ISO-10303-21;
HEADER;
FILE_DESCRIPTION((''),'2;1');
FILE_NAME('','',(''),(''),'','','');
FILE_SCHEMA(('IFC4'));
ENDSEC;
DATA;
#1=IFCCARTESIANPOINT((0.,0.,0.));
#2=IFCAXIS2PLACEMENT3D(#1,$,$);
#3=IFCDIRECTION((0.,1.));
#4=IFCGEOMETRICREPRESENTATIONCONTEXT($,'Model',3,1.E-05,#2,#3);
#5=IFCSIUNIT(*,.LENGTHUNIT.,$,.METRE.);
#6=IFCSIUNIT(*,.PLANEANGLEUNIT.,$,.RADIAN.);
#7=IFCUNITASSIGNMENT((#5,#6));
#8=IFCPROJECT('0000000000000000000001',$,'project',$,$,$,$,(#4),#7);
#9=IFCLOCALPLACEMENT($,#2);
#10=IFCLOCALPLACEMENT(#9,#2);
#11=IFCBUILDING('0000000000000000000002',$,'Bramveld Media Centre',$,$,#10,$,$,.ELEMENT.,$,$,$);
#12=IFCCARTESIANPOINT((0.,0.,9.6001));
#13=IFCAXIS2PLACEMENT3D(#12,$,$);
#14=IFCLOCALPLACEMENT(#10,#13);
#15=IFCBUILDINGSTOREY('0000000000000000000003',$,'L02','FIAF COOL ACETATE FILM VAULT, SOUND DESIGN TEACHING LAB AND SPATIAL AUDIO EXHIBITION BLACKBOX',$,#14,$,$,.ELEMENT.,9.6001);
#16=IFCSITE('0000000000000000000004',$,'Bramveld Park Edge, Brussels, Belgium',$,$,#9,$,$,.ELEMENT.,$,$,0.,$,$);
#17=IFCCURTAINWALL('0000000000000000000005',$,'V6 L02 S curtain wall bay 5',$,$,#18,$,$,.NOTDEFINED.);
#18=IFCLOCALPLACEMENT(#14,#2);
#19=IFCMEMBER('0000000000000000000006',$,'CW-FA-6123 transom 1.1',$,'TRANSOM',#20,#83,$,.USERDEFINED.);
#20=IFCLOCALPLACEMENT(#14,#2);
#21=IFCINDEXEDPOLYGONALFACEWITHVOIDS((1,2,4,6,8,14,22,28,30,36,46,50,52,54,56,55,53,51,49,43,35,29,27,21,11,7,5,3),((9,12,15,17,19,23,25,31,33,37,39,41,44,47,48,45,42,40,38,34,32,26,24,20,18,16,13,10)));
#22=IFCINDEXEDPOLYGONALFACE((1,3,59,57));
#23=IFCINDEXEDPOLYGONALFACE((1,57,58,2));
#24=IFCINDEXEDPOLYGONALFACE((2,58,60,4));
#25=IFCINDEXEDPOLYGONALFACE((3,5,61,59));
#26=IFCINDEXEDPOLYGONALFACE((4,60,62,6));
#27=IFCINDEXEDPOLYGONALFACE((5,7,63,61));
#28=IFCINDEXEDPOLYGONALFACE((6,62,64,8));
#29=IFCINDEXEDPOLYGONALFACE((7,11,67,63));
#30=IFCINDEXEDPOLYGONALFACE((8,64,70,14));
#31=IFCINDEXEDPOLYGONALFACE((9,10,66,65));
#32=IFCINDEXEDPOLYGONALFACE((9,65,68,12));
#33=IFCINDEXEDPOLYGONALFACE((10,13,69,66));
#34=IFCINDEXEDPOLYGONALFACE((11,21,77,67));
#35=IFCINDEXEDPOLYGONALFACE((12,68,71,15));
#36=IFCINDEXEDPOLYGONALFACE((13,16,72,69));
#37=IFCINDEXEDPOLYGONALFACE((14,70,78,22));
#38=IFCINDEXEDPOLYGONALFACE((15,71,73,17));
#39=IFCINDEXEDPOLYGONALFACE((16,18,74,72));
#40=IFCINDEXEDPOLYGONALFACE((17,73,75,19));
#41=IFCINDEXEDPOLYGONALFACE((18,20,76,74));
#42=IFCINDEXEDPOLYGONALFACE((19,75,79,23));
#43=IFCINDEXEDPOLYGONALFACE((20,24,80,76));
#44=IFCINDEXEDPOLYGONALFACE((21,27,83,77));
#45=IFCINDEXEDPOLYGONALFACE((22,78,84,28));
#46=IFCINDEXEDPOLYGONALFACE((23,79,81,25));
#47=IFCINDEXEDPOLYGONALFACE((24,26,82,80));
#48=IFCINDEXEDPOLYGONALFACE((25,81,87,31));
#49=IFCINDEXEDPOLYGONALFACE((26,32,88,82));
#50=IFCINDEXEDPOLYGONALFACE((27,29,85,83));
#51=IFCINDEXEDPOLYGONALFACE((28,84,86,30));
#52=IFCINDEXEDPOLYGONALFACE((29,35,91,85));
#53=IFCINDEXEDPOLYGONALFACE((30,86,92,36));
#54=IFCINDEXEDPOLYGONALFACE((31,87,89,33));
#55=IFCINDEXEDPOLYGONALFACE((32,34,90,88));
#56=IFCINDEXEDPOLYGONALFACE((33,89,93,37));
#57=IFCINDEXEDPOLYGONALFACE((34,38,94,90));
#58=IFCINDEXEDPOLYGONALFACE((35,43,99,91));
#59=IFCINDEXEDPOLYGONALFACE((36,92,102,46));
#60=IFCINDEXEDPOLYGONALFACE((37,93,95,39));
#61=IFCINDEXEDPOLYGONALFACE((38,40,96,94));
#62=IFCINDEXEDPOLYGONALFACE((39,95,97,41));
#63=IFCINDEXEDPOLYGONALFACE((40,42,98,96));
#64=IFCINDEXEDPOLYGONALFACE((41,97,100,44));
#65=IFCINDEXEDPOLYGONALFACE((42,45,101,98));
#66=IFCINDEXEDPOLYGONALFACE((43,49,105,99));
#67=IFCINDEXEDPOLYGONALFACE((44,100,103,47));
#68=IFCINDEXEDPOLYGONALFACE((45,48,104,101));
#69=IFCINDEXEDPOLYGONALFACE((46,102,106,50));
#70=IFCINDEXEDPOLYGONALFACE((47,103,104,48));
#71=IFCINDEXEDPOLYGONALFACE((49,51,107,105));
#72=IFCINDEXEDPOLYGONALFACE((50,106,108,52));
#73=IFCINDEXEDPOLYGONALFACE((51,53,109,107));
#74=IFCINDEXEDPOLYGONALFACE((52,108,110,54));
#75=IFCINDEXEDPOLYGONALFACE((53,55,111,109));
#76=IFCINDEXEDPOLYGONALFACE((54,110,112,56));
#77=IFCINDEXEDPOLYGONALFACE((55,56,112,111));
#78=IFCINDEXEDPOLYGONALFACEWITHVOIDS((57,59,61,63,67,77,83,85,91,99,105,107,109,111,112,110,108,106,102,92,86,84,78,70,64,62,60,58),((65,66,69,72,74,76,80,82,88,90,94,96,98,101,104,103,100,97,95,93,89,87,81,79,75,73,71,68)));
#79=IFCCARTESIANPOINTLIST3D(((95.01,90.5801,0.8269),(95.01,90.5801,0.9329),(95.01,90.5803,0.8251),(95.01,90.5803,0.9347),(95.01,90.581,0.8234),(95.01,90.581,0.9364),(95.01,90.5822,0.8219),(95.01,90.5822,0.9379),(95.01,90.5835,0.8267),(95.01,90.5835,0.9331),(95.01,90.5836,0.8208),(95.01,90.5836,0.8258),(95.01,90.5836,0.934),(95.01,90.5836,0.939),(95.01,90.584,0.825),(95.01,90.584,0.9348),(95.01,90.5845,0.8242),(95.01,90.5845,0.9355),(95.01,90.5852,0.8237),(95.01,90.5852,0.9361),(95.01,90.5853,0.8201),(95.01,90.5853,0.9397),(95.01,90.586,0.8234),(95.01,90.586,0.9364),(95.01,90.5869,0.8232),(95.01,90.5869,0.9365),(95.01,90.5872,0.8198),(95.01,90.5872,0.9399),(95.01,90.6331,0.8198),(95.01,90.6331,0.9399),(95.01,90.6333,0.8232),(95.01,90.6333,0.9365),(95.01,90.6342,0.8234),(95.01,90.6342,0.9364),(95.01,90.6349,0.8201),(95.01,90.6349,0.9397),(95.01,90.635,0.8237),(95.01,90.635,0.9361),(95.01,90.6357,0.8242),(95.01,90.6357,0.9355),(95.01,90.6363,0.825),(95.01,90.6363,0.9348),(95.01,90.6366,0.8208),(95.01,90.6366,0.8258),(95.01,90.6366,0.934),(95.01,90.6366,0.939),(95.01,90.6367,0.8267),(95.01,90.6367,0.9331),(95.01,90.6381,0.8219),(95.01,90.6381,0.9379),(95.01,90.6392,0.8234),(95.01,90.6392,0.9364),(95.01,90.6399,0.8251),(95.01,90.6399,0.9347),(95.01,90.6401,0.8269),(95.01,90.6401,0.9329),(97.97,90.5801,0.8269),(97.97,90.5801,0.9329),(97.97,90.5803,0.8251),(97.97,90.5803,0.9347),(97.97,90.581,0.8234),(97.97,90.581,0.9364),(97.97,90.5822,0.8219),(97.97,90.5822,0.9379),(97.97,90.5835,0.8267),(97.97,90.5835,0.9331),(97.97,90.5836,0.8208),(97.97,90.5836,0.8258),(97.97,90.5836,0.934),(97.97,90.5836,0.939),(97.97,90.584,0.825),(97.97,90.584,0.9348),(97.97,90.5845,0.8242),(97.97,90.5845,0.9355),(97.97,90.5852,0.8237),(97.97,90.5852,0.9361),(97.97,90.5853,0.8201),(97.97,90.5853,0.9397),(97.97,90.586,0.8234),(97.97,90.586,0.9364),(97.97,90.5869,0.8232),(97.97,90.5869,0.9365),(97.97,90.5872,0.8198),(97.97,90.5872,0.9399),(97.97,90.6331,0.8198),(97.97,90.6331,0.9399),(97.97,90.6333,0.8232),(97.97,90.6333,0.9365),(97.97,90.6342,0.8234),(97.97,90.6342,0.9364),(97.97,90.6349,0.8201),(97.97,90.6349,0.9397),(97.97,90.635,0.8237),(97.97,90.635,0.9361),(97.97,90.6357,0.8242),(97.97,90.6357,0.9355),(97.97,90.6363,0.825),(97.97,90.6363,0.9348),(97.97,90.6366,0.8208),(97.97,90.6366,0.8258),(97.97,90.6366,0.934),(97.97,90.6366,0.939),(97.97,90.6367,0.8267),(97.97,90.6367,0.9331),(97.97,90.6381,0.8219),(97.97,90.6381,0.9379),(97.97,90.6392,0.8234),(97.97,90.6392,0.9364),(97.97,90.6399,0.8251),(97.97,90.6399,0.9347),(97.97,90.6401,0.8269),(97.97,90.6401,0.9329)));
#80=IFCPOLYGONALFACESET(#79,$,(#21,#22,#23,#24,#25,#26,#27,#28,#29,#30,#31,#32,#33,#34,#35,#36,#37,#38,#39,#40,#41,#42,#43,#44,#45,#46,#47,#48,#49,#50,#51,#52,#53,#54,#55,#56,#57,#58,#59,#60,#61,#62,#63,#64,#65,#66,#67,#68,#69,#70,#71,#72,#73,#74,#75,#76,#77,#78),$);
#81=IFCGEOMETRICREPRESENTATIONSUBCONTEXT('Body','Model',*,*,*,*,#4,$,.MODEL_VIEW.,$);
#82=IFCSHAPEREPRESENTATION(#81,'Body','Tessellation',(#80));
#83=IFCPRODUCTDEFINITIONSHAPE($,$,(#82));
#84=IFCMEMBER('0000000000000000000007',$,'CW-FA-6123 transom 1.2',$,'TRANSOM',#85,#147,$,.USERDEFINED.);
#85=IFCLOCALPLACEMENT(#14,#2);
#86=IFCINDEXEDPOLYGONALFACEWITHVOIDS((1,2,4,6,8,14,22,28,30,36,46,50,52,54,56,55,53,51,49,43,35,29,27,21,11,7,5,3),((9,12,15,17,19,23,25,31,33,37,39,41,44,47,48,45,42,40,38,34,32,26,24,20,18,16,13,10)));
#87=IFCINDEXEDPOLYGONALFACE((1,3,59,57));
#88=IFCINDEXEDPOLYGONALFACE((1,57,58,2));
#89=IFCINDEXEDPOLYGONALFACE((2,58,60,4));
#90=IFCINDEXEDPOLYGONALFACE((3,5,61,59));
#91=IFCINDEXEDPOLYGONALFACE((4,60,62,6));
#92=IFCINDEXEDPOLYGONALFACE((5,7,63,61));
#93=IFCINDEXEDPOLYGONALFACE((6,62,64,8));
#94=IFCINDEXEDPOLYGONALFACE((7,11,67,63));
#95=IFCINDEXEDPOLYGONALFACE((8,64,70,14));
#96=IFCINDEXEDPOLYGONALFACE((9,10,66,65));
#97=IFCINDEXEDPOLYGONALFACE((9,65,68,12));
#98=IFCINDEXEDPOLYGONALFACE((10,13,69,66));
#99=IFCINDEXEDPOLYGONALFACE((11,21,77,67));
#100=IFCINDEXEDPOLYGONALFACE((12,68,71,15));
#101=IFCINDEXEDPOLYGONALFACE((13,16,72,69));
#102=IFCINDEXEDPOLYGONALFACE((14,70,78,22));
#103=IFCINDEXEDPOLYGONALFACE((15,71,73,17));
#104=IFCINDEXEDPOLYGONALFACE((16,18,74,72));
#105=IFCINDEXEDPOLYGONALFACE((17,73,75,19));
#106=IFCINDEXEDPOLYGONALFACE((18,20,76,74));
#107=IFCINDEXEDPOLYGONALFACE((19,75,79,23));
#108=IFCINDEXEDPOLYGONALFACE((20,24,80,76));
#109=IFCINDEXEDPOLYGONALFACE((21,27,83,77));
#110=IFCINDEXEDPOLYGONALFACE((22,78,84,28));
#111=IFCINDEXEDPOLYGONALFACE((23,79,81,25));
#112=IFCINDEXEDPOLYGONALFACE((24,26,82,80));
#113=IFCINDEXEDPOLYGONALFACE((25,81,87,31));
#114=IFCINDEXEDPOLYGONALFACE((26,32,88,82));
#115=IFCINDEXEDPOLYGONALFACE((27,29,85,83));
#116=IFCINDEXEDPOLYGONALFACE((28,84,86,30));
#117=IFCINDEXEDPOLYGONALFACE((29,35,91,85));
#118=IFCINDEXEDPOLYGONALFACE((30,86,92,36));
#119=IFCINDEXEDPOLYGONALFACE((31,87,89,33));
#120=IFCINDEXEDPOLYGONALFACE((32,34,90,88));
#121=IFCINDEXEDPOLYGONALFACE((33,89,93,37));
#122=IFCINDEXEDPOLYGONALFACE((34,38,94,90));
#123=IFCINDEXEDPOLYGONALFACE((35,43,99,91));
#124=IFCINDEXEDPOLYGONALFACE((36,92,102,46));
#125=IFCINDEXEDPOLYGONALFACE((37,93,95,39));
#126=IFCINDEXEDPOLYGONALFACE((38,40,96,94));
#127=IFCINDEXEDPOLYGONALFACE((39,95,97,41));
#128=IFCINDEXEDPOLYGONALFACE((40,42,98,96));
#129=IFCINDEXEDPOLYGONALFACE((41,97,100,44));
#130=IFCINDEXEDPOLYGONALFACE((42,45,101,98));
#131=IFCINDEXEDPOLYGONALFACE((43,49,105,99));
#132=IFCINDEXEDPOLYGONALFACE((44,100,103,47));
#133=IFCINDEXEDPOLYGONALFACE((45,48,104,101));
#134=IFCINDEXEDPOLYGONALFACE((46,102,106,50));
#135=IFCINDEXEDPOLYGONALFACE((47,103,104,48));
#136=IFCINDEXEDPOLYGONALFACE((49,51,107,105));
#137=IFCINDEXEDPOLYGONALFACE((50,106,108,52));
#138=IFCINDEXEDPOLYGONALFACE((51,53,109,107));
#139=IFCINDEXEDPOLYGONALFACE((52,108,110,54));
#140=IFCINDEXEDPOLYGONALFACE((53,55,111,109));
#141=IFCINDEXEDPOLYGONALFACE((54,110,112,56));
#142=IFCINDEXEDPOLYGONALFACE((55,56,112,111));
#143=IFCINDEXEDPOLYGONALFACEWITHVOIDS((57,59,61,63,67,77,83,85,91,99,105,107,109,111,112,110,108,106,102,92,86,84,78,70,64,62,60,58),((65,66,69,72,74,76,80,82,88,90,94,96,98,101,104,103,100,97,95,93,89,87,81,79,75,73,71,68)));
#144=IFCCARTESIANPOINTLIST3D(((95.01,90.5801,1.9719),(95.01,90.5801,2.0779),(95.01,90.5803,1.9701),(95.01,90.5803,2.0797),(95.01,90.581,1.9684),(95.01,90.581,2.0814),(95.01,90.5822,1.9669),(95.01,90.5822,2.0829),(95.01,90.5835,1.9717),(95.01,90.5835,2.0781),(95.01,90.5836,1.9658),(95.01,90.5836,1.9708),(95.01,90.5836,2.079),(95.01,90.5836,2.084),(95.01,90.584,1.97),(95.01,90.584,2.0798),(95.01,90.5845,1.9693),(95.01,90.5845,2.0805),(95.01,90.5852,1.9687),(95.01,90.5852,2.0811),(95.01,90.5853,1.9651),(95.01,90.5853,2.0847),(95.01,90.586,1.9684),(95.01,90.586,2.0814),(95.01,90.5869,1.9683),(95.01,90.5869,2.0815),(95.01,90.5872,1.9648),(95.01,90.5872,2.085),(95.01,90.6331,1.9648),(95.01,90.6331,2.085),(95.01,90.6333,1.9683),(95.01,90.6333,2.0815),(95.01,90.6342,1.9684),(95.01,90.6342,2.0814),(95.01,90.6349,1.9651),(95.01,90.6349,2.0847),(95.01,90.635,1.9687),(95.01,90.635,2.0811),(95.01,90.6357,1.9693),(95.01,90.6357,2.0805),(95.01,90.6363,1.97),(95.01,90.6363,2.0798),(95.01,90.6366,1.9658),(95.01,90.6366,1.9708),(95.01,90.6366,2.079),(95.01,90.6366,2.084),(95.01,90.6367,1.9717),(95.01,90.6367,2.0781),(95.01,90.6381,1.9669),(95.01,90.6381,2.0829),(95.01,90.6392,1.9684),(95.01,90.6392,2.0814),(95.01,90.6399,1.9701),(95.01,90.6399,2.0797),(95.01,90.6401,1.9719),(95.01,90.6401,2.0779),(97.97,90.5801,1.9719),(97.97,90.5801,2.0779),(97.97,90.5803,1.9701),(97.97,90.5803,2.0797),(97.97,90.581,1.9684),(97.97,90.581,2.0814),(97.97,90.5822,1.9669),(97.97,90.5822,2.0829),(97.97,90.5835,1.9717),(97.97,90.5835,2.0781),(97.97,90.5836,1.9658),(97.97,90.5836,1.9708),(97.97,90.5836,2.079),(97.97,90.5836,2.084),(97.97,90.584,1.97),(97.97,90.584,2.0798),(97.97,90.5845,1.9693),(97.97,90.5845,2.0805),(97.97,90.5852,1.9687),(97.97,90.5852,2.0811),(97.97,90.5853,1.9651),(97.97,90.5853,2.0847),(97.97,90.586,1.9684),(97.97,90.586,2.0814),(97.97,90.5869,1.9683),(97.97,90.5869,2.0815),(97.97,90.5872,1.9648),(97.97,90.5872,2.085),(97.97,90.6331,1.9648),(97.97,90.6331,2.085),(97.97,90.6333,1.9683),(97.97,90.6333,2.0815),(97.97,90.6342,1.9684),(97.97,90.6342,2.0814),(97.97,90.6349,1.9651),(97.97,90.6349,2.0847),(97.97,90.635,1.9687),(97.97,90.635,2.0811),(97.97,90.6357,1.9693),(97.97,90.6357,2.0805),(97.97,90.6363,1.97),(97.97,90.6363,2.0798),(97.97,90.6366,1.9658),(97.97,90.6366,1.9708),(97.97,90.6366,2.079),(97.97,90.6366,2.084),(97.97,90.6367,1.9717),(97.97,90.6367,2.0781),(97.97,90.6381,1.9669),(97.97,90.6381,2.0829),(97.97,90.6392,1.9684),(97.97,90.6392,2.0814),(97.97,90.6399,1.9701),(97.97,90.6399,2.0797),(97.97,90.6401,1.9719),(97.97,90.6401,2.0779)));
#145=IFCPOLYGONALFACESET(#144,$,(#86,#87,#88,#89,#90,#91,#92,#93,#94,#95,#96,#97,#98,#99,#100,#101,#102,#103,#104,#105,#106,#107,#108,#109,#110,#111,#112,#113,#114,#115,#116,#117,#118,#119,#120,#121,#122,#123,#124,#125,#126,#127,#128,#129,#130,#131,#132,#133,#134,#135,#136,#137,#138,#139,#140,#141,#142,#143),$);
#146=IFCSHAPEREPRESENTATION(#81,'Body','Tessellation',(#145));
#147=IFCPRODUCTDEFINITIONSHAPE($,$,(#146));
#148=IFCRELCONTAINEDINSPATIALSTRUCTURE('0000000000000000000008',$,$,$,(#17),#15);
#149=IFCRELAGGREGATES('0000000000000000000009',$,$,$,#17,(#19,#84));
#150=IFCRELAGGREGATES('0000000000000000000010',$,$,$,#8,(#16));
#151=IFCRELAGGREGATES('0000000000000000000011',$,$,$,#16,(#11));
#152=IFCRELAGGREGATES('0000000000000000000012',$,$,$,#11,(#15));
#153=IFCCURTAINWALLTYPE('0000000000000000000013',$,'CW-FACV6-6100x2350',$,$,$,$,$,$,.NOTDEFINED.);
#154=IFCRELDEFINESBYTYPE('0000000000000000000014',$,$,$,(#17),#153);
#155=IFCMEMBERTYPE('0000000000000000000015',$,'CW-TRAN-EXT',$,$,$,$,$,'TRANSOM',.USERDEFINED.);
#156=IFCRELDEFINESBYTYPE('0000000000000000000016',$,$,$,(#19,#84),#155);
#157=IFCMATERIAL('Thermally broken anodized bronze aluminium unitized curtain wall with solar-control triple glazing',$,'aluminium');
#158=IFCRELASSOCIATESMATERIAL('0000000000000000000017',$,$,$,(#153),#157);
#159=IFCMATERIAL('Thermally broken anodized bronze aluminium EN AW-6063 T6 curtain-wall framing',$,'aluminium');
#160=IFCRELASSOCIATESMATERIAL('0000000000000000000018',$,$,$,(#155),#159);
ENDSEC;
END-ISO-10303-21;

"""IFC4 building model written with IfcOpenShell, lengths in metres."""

from ifc_helpers import new_model, si_unit, direction, frame, origin, origin_2d, place, context, subcontext, project, spatial, hollow_rectangle, extrude, material, material_profile, profile_set, type_object, element, aggregate, save


model = new_model("IFC4")

# Units and contexts
model_context = context("Model", 3, precision=1e-05, world=origin(), true_north=direction((0.0, 1.0)))
body_context = subcontext(model_context, "Body", "Model", "MODEL_VIEW")
ifc_project = project(units=[si_unit("LENGTHUNIT", "METRE"), si_unit("PLANEANGLEUNIT", "RADIAN")], contexts=[model_context])

# Site, building, storey
site_placement = place(None, origin())
site = spatial("IfcSite", under=ifc_project, at=site_placement, Name="Bramveld Park Edge, Brussels, Belgium", CompositionType="ELEMENT", RefElevation=0.0)
building_placement = place(site_placement, origin())
building = spatial("IfcBuilding", under=site, at=building_placement, Name="Bramveld Media Centre", CompositionType="ELEMENT")
storey_placement = place(building_placement, frame((0.0, 0.0, 9.6001)))
storey = spatial("IfcBuildingStorey", under=building, at=storey_placement, Name="L02", Description="FIAF COOL ACETATE FILM VAULT, SOUND DESIGN TEACHING LAB AND SPATIAL AUDIO EXHIBITION BLACKBOX", CompositionType="ELEMENT", Elevation=9.6001)

# Shared definitions
ifc_material_1 = material(Name="Thermally broken anodized bronze aluminium unitized curtain wall with solar-control triple glazing", Category="aluminium")
curtain_wall_type_1 = type_object("IfcCurtainWallType", Name="CW-FACV6-6100x2350", PredefinedType="NOTDEFINED", material=ifc_material_1)

# Curtain wall
curtain_wall_1_placement = place(storey_placement, origin())
curtain_wall_1 = element("IfcCurtainWall", 1, at=curtain_wall_1_placement, inside=storey, type_object=curtain_wall_type_1, Name="V6 L02 S curtain wall bay 5", PredefinedType="NOTDEFINED")

# Members
ifc_material_2 = material(Name="Thermally broken anodized bronze aluminium EN AW-6063 T6 curtain-wall framing", Category="aluminium")
ifc_material_profile_1 = material_profile(ifc_material_2, hollow_rectangle(XDim=0.0601, YDim=0.1201, WallThickness=0.0034, InnerFilletRadius=0.0034, OuterFilletRadius=0.0071, at=origin_2d()), Name="AL-TRAN 60x120")
ifc_profile_set_1 = profile_set([ifc_material_profile_1], Name="Thermally broken anodized bronze aluminium EN AW-6063 T6 curtain-wall framing")
member_type_1 = type_object("IfcMemberType", Name="CW-TRAN-EXT", ElementType="TRANSOM", PredefinedType="USERDEFINED", material=ifc_profile_set_1)
member_1_placement = place(storey_placement, frame((95.01, 90.6101, 0.8799), z_axis=(1.0, 0.0, 0.0), x_axis=(0.0, 1.0, 0.0)))
member_1 = element("IfcMember", 2, at=member_1_placement, type_object=member_type_1, Name="CW-FA-6123 transom 1.1", ObjectType="TRANSOM", PredefinedType="USERDEFINED", context=body_context, shape_type="SweptSolid", body=[
    extrude(hollow_rectangle(XDim=0.0601, YDim=0.1201, WallThickness=0.0034, InnerFilletRadius=0.0034, OuterFilletRadius=0.0071, at=origin_2d()), origin(), (0.0, 0.0, 1.0), 2.96),
])
member_2_placement = place(storey_placement, frame((95.01, 90.6101, 2.0249), z_axis=(1.0, 0.0, 0.0), x_axis=(0.0, 1.0, 0.0)))
member_2 = element("IfcMember", 3, at=member_2_placement, type_object=member_type_1, Name="CW-FA-6123 transom 1.2", ObjectType="TRANSOM", PredefinedType="USERDEFINED", context=body_context, shape_type="SweptSolid", body=[
    extrude(hollow_rectangle(XDim=0.0601, YDim=0.1201, WallThickness=0.0034, InnerFilletRadius=0.0034, OuterFilletRadius=0.0071, at=origin_2d()), origin(), (0.0, 0.0, 1.0), 2.96),
])
aggregate(curtain_wall_1, [member_1, member_2])

save(model, "model.ifc")
